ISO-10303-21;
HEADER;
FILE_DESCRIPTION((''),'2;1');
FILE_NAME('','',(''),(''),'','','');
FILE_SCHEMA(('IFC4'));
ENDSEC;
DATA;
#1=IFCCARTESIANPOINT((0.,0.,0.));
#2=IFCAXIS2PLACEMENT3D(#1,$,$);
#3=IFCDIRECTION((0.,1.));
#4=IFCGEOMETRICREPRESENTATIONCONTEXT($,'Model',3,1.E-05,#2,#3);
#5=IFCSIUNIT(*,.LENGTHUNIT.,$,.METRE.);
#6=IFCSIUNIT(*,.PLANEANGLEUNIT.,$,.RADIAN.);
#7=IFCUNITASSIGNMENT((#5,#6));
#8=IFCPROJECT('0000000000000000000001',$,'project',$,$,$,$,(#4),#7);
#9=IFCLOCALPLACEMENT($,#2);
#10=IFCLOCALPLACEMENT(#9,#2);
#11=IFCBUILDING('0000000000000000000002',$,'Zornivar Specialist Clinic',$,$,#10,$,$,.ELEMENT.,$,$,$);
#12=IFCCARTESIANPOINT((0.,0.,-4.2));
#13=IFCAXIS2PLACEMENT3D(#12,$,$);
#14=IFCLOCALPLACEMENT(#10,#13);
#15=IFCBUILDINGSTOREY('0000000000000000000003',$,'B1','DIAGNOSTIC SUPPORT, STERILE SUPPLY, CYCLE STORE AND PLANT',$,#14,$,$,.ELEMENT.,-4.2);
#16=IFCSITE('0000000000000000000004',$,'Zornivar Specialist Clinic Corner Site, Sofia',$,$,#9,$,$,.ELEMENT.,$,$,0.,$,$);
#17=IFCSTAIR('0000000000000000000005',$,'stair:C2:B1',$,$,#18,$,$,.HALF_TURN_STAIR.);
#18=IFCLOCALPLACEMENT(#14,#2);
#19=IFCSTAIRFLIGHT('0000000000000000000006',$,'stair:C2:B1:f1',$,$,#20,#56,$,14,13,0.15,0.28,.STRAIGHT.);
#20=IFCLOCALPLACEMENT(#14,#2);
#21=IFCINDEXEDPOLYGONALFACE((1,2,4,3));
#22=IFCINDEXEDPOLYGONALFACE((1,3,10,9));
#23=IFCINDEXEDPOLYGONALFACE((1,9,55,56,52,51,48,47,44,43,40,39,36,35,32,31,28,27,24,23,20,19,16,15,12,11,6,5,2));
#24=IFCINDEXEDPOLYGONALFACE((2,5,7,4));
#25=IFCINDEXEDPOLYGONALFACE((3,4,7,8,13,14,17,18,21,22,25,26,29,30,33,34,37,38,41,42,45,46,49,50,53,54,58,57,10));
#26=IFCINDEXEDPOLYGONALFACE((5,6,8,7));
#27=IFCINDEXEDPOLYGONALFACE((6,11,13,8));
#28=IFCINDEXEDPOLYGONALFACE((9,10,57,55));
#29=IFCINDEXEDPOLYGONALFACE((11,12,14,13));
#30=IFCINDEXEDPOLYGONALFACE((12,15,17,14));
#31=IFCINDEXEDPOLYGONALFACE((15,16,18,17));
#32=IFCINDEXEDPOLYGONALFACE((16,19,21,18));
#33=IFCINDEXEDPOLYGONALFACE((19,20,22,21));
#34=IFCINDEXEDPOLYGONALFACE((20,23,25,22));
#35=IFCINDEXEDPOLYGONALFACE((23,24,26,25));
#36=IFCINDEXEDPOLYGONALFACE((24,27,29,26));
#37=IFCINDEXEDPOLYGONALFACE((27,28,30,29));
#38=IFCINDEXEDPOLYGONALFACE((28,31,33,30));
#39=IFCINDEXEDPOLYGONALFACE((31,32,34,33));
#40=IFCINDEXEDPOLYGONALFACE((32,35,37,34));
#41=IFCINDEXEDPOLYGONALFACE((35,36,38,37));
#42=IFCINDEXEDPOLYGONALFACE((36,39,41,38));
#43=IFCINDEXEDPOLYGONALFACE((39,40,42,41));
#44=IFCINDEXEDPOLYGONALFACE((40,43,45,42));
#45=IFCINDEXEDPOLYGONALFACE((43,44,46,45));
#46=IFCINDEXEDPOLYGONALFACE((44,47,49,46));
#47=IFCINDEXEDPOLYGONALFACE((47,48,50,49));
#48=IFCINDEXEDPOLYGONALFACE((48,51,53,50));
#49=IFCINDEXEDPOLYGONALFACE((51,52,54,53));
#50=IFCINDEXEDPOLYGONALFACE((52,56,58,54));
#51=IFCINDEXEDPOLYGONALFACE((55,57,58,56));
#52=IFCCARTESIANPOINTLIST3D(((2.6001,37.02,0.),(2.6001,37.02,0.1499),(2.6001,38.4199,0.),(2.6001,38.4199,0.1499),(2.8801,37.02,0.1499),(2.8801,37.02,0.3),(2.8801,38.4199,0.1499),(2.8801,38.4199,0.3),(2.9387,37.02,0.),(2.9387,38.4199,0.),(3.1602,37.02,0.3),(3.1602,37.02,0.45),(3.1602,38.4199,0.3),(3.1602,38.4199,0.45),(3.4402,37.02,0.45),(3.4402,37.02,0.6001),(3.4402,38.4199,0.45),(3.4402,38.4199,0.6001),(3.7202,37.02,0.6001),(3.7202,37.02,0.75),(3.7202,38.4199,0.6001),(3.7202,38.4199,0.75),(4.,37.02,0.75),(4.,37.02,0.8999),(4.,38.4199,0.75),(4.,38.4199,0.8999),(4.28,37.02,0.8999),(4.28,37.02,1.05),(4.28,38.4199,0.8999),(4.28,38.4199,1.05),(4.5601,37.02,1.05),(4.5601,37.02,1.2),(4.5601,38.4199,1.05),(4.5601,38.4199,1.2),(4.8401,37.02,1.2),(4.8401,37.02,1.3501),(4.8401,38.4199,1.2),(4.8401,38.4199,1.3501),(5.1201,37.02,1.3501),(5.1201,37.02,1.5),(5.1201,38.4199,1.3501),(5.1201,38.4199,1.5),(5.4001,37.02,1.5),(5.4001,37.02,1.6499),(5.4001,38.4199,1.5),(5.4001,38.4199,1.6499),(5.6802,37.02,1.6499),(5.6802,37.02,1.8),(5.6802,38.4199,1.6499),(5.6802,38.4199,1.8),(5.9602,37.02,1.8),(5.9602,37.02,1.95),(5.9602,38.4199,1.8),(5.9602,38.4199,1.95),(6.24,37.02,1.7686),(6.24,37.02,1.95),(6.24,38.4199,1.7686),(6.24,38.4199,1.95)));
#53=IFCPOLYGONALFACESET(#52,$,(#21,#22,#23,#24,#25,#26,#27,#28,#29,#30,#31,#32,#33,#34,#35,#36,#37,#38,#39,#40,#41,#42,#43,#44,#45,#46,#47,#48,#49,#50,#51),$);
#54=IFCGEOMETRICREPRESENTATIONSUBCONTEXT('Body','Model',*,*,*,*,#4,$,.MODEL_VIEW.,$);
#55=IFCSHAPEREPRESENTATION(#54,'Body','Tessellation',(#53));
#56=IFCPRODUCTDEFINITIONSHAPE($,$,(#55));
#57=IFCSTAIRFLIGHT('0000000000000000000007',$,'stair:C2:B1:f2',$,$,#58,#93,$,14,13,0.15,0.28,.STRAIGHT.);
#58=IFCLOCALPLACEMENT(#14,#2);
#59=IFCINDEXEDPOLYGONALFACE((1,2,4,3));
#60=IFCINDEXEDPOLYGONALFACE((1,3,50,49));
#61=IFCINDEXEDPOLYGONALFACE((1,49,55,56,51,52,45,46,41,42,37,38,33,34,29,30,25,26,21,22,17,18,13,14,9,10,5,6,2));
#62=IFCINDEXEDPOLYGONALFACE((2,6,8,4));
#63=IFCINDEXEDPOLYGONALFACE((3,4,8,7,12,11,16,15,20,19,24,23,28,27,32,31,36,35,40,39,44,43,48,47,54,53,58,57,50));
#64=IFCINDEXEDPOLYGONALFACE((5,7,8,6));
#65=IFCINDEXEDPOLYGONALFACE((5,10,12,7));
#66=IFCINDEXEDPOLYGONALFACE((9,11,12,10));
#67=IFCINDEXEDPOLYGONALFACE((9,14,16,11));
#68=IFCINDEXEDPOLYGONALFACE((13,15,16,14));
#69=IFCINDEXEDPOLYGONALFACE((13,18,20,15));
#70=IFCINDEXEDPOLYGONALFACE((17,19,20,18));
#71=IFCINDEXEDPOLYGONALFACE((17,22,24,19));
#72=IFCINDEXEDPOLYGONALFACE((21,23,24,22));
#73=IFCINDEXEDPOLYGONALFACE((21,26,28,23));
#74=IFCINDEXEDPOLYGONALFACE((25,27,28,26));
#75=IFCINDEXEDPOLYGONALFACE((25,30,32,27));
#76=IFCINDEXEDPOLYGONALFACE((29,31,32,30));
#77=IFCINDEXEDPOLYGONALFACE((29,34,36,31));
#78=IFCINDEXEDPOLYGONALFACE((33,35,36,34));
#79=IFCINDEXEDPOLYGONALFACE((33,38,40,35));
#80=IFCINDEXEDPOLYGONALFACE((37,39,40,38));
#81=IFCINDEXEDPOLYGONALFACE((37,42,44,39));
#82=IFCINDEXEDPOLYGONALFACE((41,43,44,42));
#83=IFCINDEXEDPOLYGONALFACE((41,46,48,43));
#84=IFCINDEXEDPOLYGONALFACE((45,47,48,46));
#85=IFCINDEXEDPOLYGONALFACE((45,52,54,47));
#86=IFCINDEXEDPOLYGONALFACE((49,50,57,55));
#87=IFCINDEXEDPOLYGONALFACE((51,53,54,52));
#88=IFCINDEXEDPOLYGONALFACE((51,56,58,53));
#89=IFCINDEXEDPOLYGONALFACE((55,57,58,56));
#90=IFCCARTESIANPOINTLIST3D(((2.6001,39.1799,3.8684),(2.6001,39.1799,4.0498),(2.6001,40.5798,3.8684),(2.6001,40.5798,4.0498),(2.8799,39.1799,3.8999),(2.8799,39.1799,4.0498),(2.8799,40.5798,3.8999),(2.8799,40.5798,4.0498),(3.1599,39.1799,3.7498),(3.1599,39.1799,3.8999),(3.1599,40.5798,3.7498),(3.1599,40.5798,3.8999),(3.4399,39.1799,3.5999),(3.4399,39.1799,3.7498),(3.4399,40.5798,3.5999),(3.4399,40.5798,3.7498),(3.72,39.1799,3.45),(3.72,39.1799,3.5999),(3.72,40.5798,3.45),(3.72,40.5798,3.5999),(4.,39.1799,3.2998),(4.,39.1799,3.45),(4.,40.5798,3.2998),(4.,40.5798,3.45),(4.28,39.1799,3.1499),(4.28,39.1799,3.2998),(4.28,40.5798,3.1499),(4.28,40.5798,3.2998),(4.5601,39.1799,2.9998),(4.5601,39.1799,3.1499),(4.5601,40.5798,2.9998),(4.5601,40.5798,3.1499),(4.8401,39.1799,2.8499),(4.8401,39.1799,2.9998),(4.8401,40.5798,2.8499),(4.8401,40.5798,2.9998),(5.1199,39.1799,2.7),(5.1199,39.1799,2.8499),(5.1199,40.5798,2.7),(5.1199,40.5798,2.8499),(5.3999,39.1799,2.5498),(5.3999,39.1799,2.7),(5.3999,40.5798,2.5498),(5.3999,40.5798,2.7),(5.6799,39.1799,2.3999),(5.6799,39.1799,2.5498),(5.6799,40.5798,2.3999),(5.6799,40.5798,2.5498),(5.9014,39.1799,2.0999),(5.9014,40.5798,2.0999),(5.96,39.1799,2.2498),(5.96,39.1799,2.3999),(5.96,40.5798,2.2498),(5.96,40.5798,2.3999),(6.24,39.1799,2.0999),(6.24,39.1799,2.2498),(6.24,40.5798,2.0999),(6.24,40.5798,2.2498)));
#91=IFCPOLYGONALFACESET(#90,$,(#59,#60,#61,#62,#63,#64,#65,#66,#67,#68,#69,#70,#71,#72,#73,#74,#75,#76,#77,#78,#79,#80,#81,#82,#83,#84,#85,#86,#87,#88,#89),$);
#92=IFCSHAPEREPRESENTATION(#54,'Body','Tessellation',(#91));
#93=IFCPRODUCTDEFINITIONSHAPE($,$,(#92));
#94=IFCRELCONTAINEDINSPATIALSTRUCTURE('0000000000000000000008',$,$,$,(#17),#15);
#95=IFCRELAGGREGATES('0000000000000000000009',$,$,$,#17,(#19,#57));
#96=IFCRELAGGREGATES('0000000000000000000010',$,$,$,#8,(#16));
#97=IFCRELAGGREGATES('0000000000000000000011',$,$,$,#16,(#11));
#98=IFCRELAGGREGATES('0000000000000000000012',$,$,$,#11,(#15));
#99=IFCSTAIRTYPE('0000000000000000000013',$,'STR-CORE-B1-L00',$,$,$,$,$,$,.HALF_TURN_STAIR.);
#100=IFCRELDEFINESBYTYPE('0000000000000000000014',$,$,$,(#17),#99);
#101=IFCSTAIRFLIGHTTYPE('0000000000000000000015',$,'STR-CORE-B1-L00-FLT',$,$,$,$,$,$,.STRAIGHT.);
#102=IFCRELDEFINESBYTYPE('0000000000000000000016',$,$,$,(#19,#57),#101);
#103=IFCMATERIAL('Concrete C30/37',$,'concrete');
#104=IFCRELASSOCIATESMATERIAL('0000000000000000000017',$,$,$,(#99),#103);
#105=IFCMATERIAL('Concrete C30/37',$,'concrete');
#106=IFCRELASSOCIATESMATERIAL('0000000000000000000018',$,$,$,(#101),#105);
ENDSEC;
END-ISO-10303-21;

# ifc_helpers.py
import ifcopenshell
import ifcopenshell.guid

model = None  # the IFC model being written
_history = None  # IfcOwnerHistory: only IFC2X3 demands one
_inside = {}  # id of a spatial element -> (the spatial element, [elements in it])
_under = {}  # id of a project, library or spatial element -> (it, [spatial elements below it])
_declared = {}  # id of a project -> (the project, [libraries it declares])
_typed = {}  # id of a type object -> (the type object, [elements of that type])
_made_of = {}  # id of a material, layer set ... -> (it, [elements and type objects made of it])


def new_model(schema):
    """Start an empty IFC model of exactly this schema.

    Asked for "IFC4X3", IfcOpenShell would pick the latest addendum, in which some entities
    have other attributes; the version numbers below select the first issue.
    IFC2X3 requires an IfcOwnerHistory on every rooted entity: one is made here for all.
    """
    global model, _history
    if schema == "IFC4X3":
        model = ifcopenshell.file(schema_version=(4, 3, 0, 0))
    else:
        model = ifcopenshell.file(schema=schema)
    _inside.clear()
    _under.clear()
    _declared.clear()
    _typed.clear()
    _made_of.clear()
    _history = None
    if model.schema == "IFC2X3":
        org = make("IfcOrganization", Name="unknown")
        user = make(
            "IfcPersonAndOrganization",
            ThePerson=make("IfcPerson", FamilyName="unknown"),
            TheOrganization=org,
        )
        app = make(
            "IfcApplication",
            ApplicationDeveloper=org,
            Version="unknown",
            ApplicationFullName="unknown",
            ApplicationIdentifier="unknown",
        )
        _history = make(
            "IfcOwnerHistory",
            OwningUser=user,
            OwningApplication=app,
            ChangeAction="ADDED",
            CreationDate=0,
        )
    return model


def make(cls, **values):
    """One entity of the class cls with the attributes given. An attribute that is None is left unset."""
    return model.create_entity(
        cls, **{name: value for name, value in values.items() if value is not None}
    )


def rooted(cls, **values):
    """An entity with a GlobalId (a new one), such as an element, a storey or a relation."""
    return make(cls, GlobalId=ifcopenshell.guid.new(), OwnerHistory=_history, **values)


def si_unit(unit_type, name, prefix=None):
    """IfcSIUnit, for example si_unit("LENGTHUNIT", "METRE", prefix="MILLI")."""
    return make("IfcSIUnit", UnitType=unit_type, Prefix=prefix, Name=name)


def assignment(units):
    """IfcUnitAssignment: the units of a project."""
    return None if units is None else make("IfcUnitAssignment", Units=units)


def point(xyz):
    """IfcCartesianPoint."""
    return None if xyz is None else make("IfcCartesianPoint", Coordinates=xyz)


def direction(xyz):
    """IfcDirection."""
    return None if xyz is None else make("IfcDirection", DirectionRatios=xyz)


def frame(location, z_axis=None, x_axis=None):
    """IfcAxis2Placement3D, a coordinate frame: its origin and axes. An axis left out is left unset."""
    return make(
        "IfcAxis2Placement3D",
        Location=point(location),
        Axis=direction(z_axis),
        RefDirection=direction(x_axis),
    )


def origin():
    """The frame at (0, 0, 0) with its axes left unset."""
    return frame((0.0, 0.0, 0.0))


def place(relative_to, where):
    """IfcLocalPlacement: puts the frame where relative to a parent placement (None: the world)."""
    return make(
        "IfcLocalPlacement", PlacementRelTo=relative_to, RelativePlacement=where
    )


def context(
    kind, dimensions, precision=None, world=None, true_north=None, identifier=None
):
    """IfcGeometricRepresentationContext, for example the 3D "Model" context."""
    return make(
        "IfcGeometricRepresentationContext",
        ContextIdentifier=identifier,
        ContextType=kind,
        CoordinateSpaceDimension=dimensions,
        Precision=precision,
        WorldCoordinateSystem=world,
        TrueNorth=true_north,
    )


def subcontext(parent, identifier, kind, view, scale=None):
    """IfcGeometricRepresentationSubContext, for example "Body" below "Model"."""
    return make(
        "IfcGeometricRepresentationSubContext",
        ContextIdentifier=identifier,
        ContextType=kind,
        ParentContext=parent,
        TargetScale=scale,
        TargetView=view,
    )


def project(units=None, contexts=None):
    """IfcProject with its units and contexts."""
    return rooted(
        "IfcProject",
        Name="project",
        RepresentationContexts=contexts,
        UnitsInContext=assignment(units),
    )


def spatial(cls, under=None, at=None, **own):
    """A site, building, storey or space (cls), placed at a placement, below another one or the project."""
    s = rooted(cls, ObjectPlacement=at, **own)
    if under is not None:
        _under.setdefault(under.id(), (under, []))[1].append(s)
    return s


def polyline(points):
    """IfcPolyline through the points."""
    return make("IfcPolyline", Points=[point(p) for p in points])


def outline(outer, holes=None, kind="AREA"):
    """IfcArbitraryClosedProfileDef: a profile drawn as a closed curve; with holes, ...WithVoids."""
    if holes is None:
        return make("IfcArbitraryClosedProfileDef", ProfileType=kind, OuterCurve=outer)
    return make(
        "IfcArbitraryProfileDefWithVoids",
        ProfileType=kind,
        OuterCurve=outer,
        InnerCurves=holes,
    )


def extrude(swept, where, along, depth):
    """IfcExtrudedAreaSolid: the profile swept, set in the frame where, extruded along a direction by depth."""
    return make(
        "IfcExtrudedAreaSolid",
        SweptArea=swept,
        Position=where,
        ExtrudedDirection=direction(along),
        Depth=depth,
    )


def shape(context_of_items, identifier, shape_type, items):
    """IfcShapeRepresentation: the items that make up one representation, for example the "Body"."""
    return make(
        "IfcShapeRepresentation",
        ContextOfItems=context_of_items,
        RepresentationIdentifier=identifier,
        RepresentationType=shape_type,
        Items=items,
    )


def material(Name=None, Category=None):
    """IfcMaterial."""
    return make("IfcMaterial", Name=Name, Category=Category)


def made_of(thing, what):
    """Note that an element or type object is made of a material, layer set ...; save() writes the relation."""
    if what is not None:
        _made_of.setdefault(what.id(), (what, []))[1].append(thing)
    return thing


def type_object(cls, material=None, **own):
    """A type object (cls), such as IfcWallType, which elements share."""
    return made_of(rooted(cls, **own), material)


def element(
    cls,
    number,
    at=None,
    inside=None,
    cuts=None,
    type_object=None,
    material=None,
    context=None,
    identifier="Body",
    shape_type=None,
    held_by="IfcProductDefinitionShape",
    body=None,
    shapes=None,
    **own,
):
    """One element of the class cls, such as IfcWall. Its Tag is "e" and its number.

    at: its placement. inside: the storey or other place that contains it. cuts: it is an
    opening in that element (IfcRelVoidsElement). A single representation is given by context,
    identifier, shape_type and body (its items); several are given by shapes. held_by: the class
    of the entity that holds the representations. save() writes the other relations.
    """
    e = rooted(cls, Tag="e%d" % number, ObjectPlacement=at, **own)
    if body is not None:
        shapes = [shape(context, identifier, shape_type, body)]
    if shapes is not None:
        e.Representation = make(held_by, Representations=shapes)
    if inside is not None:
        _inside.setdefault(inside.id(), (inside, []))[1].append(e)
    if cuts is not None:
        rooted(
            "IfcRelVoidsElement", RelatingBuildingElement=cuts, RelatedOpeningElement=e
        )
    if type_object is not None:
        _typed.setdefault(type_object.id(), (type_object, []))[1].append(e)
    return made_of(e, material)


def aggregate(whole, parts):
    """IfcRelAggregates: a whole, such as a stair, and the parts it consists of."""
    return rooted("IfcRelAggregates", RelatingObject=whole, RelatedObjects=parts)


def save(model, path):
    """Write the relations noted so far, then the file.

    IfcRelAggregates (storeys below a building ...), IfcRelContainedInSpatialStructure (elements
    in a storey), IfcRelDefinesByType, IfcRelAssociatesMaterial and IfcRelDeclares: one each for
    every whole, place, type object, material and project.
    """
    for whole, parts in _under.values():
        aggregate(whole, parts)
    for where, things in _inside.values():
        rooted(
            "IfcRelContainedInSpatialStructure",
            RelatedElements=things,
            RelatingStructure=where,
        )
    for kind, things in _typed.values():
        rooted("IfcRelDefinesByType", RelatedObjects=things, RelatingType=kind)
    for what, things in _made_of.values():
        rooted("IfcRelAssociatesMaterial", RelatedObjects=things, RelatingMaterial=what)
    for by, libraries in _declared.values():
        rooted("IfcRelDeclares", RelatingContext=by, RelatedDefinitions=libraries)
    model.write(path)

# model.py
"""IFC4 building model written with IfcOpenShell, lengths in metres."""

from ifc_helpers import new_model, si_unit, direction, frame, origin, place, context, subcontext, project, spatial, polyline, outline, extrude, material, type_object, element, aggregate, save


model = new_model("IFC4")

# Units and contexts
model_context = context("Model", 3, precision=1e-05, world=origin(), true_north=direction((0.0, 1.0)))
body_context = subcontext(model_context, "Body", "Model", "MODEL_VIEW")
ifc_project = project(units=[si_unit("LENGTHUNIT", "METRE"), si_unit("PLANEANGLEUNIT", "RADIAN")], contexts=[model_context])

# Site, building, storey
site_placement = place(None, origin())
site = spatial("IfcSite", under=ifc_project, at=site_placement, Name="Zornivar Specialist Clinic Corner Site, Sofia", CompositionType="ELEMENT", RefElevation=0.0)
building_placement = place(site_placement, origin())
building = spatial("IfcBuilding", under=site, at=building_placement, Name="Zornivar Specialist Clinic", CompositionType="ELEMENT")
storey_placement = place(building_placement, frame((0.0, 0.0, -4.2)))
storey = spatial("IfcBuildingStorey", under=building, at=storey_placement, Name="B1", Description="DIAGNOSTIC SUPPORT, STERILE SUPPLY, CYCLE STORE AND PLANT", CompositionType="ELEMENT", Elevation=-4.2)

# Stair, stair flights
ifc_material_1 = material(Name="Concrete C30/37", Category="concrete")
stair_type = type_object("IfcStairType", Name="STR-CORE-B1-L00", PredefinedType="HALF_TURN_STAIR", material=ifc_material_1)
stair_placement = place(storey_placement, origin())
stair = element("IfcStair", 1, at=stair_placement, inside=storey, type_object=stair_type, Name="stair:C2:B1", PredefinedType="HALF_TURN_STAIR")
ifc_material_2 = material(Name="Concrete C30/37", Category="concrete")
stair_flight_type = type_object("IfcStairFlightType", Name="STR-CORE-B1-L00-FLT", PredefinedType="STRAIGHT", material=ifc_material_2)
stair_flight_1_placement = place(storey_placement, frame((2.6001, 37.72, 0.0), z_axis=(0.0, 0.0, 1.0), x_axis=(1.0, 0.0, 0.0)))
stair_flight_1 = element("IfcStairFlight", 2, at=stair_flight_1_placement, type_object=stair_flight_type, Name="stair:C2:B1:f1", NumberOfRisers=14, NumberOfTreads=13, PredefinedType="STRAIGHT", RiserHeight=0.15, TreadLength=0.28, context=body_context, shape_type="SweptSolid", body=[
    extrude(outline(polyline([(0.0, 0.0), (0.0, 0.1499), (0.28, 0.1499), (0.28, 0.3), (0.5601, 0.3), (0.5601, 0.45), (0.8401, 0.45), (0.8401, 0.6001), (1.1201, 0.6001), (1.1201, 0.75), (1.3999, 0.75), (1.3999, 0.8999), (1.6799, 0.8999), (1.6799, 1.05), (1.96, 1.05), (1.96, 1.2), (2.24, 1.2), (2.24, 1.3501), (2.52, 1.3501), (2.52, 1.5), (2.8, 1.5), (2.8, 1.6499), (3.0801, 1.6499), (3.0801, 1.8), (3.3601, 1.8), (3.3601, 1.95), (3.6399, 1.95), (3.6399, 2.1001), (3.6399, 1.7686), (0.3386, 0.0), (0.0, 0.0)])), frame((0.0, 0.7, 0.0), z_axis=(0.0, -1.0, 0.0), x_axis=(1.0, 0.0, 0.0)), (0.0, 0.0, 1.0), 1.3999),
])
stair_flight_2_placement = place(storey_placement, frame((6.24, 39.8799, 2.0999), z_axis=(0.0, 0.0, 1.0), x_axis=(-1.0, 0.0, 0.0)))
stair_flight_2 = element("IfcStairFlight", 3, at=stair_flight_2_placement, type_object=stair_flight_type, Name="stair:C2:B1:f2", NumberOfRisers=14, NumberOfTreads=13, PredefinedType="STRAIGHT", RiserHeight=0.15, TreadLength=0.28, context=body_context, shape_type="SweptSolid", body=[
    extrude(outline(polyline([(0.0, 0.0), (0.0, 0.1499), (0.28, 0.1499), (0.28, 0.3), (0.5601, 0.3), (0.5601, 0.45), (0.8401, 0.45), (0.8401, 0.6001), (1.1201, 0.6001), (1.1201, 0.75), (1.3999, 0.75), (1.3999, 0.8999), (1.6799, 0.8999), (1.6799, 1.05), (1.96, 1.05), (1.96, 1.2), (2.24, 1.2), (2.24, 1.3501), (2.52, 1.3501), (2.52, 1.5), (2.8, 1.5), (2.8, 1.6499), (3.0801, 1.6499), (3.0801, 1.8), (3.3601, 1.8), (3.3601, 1.95), (3.6399, 1.95), (3.6399, 2.1001), (3.6399, 1.7686), (0.3386, 0.0), (0.0, 0.0)])), frame((0.0, 0.7, 0.0), z_axis=(0.0, -1.0, 0.0), x_axis=(1.0, 0.0, 0.0)), (0.0, 0.0, 1.0), 1.3999),
])
aggregate(stair, [stair_flight_1, stair_flight_2])

save(model, "model.ifc")
